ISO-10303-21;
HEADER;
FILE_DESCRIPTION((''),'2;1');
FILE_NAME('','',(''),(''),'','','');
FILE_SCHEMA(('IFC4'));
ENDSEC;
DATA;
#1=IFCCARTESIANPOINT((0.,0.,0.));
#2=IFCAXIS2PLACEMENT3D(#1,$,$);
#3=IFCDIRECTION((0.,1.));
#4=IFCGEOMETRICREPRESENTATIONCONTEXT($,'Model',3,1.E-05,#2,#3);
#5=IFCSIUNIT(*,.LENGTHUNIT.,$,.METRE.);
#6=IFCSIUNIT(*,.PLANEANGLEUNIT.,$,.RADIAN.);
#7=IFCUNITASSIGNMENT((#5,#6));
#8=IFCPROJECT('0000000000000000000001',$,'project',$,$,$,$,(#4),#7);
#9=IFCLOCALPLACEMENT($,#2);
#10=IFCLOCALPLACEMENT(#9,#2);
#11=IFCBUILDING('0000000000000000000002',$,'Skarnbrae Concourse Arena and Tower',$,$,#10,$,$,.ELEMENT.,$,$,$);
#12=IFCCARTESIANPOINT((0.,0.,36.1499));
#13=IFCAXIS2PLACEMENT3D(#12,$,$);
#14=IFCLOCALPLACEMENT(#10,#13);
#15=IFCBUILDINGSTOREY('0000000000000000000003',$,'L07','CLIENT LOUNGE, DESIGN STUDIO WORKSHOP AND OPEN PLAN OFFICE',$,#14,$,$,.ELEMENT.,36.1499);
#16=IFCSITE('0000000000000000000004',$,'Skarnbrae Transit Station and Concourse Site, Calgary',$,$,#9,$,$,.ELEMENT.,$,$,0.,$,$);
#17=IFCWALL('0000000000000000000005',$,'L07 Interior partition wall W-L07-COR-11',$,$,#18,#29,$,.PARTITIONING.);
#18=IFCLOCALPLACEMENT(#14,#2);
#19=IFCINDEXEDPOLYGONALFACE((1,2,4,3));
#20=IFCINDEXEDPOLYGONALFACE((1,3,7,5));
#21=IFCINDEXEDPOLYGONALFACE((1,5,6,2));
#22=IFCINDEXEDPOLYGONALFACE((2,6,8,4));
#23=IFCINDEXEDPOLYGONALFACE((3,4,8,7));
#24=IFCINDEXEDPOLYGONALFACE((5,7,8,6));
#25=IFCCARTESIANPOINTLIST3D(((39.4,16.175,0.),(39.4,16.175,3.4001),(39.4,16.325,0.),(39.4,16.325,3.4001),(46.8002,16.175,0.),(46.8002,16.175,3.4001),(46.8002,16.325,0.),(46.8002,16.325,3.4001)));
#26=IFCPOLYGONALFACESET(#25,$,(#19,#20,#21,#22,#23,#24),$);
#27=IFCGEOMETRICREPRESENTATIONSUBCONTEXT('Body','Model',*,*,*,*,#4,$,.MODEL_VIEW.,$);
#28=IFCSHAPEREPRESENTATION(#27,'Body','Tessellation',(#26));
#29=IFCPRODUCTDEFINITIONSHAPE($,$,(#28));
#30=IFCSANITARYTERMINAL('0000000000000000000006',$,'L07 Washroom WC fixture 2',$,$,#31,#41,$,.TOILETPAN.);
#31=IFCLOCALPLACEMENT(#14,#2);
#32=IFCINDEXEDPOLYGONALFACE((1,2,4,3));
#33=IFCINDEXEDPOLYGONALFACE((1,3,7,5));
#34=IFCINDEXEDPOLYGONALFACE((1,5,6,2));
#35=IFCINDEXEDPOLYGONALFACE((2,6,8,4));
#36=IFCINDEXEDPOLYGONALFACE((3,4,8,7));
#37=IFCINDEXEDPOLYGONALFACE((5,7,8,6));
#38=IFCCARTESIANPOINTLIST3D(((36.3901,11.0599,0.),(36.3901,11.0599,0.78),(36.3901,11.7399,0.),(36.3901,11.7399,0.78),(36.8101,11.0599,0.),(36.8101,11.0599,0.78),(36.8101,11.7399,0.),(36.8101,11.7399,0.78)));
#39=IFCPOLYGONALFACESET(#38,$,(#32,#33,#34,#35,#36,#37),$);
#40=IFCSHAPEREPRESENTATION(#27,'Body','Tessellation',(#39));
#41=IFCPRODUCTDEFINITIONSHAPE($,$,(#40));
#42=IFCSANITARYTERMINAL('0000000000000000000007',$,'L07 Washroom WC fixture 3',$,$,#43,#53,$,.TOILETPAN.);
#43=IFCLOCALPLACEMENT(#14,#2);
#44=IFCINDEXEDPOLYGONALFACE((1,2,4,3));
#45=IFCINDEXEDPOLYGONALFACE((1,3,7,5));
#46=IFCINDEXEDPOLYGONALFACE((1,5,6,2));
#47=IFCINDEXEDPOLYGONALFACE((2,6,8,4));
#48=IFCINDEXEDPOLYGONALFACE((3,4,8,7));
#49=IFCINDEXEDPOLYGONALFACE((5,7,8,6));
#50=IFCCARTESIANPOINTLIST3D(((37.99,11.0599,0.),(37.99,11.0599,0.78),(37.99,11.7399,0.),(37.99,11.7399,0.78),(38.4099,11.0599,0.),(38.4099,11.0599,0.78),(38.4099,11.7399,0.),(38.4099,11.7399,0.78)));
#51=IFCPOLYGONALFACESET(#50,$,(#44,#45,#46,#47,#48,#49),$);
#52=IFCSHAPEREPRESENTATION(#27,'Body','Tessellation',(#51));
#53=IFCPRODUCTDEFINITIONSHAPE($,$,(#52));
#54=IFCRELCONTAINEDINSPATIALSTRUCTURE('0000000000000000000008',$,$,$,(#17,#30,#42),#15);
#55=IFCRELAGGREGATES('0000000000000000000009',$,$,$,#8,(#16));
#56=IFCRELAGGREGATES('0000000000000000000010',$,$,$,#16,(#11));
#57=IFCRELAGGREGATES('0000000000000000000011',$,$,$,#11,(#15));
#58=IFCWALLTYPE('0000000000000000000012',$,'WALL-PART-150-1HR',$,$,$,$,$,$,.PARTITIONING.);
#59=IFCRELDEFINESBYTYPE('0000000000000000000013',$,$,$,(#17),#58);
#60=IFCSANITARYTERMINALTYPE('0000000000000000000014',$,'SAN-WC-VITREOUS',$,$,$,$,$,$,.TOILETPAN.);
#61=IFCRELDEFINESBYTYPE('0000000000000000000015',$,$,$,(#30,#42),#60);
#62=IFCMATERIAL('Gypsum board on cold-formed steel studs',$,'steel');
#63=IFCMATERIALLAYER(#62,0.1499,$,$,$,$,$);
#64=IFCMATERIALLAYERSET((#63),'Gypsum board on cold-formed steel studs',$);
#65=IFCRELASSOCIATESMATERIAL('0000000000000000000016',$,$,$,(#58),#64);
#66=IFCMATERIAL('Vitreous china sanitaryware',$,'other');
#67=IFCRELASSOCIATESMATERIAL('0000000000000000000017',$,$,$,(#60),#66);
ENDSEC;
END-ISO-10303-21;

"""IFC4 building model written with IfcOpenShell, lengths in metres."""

from ifc_helpers import new_model, si_unit, direction, frame, frame_2d, origin, origin_2d, place, context, subcontext, project, spatial, rectangle, extrude, source, transform, mapped, material, layer, layer_set, type_object, element, save


model = new_model("IFC4")

# Units and contexts
model_context = context("Model", 3, precision=1e-05, world=origin(), true_north=direction((0.0, 1.0)))
body_context = subcontext(model_context, "Body", "Model", "MODEL_VIEW")
ifc_project = project(units=[si_unit("LENGTHUNIT", "METRE"), si_unit("PLANEANGLEUNIT", "RADIAN")], contexts=[model_context])

# Site, building, storey
site_placement = place(None, origin())
site = spatial("IfcSite", under=ifc_project, at=site_placement, Name="Skarnbrae Transit Station and Concourse Site, Calgary", CompositionType="ELEMENT", RefElevation=0.0)
building_placement = place(site_placement, origin())
building = spatial("IfcBuilding", under=site, at=building_placement, Name="Skarnbrae Concourse Arena and Tower", CompositionType="ELEMENT")
storey_placement = place(building_placement, frame((0.0, 0.0, 36.1499)))
storey = spatial("IfcBuildingStorey", under=building, at=storey_placement, Name="L07", Description="CLIENT LOUNGE, DESIGN STUDIO WORKSHOP AND OPEN PLAN OFFICE", CompositionType="ELEMENT", Elevation=36.1499)

# Shared definitions
ifc_material_1 = material(Name="Gypsum board on cold-formed steel studs", Category="steel")

# Shared definitions
ifc_layer_1 = layer(ifc_material_1, 0.1499)
ifc_layer_set_1 = layer_set([ifc_layer_1], Name="Gypsum board on cold-formed steel studs")
wall_type_1 = type_object("IfcWallType", Name="WALL-PART-150-1HR", PredefinedType="PARTITIONING", material=ifc_layer_set_1)

# Wall
shared_shape_1 = source(origin(), body_context, "Body", "SweptSolid", [
    extrude(rectangle(XDim=7.4001, YDim=0.1499, at=frame_2d((3.7002, 0.0))), origin(), (0.0, 0.0, 1.0), 3.4001),
])
wall_1_placement = place(storey_placement, frame((39.3999, 16.25, 0.0), z_axis=(0.0, 0.0, 1.0), x_axis=(1.0, 0.0, 0.0)))
element("IfcWall", 1, at=wall_1_placement, inside=storey, type_object=wall_type_1, Name="L07 Interior partition wall W-L07-COR-11", PredefinedType="PARTITIONING", context=body_context, shape_type="MappedRepresentation", body=[
    mapped(shared_shape_1, transform((0.0, 0.0, 0.0))),
])

# Sanitary terminals
ifc_material_2 = material(Name="Vitreous china sanitaryware", Category="other")
sanitary_terminal_type = type_object("IfcSanitaryTerminalType", Name="SAN-WC-VITREOUS", PredefinedType="TOILETPAN", material=ifc_material_2)
shared_shape_2 = source(origin(), body_context, "Body", "SweptSolid", [
    extrude(rectangle(XDim=0.4199, YDim=0.6799, at=origin_2d()), origin(), (0.0, 0.0, 1.0), 0.78),
])
for number, where, z_axis, x_axis, name in (
    (2, (36.6001, 11.3999, 0.0), (0.0, 0.0, 1.0), (1.0, 0.0, 0.0), "L07 Washroom WC fixture 2"),
    (3, (38.2, 11.3999, 0.0), (0.0, 0.0, 1.0), (1.0, 0.0, 0.0), "L07 Washroom WC fixture 3"),
):
    element("IfcSanitaryTerminal", number, at=place(storey_placement, frame(where, z_axis=z_axis, x_axis=x_axis)), inside=storey, type_object=sanitary_terminal_type, Name=name, PredefinedType="TOILETPAN", context=body_context, shape_type="MappedRepresentation", body=[
        mapped(shared_shape_2, transform((0.0, 0.0, 0.0))),
    ])

save(model, "model.ifc")
